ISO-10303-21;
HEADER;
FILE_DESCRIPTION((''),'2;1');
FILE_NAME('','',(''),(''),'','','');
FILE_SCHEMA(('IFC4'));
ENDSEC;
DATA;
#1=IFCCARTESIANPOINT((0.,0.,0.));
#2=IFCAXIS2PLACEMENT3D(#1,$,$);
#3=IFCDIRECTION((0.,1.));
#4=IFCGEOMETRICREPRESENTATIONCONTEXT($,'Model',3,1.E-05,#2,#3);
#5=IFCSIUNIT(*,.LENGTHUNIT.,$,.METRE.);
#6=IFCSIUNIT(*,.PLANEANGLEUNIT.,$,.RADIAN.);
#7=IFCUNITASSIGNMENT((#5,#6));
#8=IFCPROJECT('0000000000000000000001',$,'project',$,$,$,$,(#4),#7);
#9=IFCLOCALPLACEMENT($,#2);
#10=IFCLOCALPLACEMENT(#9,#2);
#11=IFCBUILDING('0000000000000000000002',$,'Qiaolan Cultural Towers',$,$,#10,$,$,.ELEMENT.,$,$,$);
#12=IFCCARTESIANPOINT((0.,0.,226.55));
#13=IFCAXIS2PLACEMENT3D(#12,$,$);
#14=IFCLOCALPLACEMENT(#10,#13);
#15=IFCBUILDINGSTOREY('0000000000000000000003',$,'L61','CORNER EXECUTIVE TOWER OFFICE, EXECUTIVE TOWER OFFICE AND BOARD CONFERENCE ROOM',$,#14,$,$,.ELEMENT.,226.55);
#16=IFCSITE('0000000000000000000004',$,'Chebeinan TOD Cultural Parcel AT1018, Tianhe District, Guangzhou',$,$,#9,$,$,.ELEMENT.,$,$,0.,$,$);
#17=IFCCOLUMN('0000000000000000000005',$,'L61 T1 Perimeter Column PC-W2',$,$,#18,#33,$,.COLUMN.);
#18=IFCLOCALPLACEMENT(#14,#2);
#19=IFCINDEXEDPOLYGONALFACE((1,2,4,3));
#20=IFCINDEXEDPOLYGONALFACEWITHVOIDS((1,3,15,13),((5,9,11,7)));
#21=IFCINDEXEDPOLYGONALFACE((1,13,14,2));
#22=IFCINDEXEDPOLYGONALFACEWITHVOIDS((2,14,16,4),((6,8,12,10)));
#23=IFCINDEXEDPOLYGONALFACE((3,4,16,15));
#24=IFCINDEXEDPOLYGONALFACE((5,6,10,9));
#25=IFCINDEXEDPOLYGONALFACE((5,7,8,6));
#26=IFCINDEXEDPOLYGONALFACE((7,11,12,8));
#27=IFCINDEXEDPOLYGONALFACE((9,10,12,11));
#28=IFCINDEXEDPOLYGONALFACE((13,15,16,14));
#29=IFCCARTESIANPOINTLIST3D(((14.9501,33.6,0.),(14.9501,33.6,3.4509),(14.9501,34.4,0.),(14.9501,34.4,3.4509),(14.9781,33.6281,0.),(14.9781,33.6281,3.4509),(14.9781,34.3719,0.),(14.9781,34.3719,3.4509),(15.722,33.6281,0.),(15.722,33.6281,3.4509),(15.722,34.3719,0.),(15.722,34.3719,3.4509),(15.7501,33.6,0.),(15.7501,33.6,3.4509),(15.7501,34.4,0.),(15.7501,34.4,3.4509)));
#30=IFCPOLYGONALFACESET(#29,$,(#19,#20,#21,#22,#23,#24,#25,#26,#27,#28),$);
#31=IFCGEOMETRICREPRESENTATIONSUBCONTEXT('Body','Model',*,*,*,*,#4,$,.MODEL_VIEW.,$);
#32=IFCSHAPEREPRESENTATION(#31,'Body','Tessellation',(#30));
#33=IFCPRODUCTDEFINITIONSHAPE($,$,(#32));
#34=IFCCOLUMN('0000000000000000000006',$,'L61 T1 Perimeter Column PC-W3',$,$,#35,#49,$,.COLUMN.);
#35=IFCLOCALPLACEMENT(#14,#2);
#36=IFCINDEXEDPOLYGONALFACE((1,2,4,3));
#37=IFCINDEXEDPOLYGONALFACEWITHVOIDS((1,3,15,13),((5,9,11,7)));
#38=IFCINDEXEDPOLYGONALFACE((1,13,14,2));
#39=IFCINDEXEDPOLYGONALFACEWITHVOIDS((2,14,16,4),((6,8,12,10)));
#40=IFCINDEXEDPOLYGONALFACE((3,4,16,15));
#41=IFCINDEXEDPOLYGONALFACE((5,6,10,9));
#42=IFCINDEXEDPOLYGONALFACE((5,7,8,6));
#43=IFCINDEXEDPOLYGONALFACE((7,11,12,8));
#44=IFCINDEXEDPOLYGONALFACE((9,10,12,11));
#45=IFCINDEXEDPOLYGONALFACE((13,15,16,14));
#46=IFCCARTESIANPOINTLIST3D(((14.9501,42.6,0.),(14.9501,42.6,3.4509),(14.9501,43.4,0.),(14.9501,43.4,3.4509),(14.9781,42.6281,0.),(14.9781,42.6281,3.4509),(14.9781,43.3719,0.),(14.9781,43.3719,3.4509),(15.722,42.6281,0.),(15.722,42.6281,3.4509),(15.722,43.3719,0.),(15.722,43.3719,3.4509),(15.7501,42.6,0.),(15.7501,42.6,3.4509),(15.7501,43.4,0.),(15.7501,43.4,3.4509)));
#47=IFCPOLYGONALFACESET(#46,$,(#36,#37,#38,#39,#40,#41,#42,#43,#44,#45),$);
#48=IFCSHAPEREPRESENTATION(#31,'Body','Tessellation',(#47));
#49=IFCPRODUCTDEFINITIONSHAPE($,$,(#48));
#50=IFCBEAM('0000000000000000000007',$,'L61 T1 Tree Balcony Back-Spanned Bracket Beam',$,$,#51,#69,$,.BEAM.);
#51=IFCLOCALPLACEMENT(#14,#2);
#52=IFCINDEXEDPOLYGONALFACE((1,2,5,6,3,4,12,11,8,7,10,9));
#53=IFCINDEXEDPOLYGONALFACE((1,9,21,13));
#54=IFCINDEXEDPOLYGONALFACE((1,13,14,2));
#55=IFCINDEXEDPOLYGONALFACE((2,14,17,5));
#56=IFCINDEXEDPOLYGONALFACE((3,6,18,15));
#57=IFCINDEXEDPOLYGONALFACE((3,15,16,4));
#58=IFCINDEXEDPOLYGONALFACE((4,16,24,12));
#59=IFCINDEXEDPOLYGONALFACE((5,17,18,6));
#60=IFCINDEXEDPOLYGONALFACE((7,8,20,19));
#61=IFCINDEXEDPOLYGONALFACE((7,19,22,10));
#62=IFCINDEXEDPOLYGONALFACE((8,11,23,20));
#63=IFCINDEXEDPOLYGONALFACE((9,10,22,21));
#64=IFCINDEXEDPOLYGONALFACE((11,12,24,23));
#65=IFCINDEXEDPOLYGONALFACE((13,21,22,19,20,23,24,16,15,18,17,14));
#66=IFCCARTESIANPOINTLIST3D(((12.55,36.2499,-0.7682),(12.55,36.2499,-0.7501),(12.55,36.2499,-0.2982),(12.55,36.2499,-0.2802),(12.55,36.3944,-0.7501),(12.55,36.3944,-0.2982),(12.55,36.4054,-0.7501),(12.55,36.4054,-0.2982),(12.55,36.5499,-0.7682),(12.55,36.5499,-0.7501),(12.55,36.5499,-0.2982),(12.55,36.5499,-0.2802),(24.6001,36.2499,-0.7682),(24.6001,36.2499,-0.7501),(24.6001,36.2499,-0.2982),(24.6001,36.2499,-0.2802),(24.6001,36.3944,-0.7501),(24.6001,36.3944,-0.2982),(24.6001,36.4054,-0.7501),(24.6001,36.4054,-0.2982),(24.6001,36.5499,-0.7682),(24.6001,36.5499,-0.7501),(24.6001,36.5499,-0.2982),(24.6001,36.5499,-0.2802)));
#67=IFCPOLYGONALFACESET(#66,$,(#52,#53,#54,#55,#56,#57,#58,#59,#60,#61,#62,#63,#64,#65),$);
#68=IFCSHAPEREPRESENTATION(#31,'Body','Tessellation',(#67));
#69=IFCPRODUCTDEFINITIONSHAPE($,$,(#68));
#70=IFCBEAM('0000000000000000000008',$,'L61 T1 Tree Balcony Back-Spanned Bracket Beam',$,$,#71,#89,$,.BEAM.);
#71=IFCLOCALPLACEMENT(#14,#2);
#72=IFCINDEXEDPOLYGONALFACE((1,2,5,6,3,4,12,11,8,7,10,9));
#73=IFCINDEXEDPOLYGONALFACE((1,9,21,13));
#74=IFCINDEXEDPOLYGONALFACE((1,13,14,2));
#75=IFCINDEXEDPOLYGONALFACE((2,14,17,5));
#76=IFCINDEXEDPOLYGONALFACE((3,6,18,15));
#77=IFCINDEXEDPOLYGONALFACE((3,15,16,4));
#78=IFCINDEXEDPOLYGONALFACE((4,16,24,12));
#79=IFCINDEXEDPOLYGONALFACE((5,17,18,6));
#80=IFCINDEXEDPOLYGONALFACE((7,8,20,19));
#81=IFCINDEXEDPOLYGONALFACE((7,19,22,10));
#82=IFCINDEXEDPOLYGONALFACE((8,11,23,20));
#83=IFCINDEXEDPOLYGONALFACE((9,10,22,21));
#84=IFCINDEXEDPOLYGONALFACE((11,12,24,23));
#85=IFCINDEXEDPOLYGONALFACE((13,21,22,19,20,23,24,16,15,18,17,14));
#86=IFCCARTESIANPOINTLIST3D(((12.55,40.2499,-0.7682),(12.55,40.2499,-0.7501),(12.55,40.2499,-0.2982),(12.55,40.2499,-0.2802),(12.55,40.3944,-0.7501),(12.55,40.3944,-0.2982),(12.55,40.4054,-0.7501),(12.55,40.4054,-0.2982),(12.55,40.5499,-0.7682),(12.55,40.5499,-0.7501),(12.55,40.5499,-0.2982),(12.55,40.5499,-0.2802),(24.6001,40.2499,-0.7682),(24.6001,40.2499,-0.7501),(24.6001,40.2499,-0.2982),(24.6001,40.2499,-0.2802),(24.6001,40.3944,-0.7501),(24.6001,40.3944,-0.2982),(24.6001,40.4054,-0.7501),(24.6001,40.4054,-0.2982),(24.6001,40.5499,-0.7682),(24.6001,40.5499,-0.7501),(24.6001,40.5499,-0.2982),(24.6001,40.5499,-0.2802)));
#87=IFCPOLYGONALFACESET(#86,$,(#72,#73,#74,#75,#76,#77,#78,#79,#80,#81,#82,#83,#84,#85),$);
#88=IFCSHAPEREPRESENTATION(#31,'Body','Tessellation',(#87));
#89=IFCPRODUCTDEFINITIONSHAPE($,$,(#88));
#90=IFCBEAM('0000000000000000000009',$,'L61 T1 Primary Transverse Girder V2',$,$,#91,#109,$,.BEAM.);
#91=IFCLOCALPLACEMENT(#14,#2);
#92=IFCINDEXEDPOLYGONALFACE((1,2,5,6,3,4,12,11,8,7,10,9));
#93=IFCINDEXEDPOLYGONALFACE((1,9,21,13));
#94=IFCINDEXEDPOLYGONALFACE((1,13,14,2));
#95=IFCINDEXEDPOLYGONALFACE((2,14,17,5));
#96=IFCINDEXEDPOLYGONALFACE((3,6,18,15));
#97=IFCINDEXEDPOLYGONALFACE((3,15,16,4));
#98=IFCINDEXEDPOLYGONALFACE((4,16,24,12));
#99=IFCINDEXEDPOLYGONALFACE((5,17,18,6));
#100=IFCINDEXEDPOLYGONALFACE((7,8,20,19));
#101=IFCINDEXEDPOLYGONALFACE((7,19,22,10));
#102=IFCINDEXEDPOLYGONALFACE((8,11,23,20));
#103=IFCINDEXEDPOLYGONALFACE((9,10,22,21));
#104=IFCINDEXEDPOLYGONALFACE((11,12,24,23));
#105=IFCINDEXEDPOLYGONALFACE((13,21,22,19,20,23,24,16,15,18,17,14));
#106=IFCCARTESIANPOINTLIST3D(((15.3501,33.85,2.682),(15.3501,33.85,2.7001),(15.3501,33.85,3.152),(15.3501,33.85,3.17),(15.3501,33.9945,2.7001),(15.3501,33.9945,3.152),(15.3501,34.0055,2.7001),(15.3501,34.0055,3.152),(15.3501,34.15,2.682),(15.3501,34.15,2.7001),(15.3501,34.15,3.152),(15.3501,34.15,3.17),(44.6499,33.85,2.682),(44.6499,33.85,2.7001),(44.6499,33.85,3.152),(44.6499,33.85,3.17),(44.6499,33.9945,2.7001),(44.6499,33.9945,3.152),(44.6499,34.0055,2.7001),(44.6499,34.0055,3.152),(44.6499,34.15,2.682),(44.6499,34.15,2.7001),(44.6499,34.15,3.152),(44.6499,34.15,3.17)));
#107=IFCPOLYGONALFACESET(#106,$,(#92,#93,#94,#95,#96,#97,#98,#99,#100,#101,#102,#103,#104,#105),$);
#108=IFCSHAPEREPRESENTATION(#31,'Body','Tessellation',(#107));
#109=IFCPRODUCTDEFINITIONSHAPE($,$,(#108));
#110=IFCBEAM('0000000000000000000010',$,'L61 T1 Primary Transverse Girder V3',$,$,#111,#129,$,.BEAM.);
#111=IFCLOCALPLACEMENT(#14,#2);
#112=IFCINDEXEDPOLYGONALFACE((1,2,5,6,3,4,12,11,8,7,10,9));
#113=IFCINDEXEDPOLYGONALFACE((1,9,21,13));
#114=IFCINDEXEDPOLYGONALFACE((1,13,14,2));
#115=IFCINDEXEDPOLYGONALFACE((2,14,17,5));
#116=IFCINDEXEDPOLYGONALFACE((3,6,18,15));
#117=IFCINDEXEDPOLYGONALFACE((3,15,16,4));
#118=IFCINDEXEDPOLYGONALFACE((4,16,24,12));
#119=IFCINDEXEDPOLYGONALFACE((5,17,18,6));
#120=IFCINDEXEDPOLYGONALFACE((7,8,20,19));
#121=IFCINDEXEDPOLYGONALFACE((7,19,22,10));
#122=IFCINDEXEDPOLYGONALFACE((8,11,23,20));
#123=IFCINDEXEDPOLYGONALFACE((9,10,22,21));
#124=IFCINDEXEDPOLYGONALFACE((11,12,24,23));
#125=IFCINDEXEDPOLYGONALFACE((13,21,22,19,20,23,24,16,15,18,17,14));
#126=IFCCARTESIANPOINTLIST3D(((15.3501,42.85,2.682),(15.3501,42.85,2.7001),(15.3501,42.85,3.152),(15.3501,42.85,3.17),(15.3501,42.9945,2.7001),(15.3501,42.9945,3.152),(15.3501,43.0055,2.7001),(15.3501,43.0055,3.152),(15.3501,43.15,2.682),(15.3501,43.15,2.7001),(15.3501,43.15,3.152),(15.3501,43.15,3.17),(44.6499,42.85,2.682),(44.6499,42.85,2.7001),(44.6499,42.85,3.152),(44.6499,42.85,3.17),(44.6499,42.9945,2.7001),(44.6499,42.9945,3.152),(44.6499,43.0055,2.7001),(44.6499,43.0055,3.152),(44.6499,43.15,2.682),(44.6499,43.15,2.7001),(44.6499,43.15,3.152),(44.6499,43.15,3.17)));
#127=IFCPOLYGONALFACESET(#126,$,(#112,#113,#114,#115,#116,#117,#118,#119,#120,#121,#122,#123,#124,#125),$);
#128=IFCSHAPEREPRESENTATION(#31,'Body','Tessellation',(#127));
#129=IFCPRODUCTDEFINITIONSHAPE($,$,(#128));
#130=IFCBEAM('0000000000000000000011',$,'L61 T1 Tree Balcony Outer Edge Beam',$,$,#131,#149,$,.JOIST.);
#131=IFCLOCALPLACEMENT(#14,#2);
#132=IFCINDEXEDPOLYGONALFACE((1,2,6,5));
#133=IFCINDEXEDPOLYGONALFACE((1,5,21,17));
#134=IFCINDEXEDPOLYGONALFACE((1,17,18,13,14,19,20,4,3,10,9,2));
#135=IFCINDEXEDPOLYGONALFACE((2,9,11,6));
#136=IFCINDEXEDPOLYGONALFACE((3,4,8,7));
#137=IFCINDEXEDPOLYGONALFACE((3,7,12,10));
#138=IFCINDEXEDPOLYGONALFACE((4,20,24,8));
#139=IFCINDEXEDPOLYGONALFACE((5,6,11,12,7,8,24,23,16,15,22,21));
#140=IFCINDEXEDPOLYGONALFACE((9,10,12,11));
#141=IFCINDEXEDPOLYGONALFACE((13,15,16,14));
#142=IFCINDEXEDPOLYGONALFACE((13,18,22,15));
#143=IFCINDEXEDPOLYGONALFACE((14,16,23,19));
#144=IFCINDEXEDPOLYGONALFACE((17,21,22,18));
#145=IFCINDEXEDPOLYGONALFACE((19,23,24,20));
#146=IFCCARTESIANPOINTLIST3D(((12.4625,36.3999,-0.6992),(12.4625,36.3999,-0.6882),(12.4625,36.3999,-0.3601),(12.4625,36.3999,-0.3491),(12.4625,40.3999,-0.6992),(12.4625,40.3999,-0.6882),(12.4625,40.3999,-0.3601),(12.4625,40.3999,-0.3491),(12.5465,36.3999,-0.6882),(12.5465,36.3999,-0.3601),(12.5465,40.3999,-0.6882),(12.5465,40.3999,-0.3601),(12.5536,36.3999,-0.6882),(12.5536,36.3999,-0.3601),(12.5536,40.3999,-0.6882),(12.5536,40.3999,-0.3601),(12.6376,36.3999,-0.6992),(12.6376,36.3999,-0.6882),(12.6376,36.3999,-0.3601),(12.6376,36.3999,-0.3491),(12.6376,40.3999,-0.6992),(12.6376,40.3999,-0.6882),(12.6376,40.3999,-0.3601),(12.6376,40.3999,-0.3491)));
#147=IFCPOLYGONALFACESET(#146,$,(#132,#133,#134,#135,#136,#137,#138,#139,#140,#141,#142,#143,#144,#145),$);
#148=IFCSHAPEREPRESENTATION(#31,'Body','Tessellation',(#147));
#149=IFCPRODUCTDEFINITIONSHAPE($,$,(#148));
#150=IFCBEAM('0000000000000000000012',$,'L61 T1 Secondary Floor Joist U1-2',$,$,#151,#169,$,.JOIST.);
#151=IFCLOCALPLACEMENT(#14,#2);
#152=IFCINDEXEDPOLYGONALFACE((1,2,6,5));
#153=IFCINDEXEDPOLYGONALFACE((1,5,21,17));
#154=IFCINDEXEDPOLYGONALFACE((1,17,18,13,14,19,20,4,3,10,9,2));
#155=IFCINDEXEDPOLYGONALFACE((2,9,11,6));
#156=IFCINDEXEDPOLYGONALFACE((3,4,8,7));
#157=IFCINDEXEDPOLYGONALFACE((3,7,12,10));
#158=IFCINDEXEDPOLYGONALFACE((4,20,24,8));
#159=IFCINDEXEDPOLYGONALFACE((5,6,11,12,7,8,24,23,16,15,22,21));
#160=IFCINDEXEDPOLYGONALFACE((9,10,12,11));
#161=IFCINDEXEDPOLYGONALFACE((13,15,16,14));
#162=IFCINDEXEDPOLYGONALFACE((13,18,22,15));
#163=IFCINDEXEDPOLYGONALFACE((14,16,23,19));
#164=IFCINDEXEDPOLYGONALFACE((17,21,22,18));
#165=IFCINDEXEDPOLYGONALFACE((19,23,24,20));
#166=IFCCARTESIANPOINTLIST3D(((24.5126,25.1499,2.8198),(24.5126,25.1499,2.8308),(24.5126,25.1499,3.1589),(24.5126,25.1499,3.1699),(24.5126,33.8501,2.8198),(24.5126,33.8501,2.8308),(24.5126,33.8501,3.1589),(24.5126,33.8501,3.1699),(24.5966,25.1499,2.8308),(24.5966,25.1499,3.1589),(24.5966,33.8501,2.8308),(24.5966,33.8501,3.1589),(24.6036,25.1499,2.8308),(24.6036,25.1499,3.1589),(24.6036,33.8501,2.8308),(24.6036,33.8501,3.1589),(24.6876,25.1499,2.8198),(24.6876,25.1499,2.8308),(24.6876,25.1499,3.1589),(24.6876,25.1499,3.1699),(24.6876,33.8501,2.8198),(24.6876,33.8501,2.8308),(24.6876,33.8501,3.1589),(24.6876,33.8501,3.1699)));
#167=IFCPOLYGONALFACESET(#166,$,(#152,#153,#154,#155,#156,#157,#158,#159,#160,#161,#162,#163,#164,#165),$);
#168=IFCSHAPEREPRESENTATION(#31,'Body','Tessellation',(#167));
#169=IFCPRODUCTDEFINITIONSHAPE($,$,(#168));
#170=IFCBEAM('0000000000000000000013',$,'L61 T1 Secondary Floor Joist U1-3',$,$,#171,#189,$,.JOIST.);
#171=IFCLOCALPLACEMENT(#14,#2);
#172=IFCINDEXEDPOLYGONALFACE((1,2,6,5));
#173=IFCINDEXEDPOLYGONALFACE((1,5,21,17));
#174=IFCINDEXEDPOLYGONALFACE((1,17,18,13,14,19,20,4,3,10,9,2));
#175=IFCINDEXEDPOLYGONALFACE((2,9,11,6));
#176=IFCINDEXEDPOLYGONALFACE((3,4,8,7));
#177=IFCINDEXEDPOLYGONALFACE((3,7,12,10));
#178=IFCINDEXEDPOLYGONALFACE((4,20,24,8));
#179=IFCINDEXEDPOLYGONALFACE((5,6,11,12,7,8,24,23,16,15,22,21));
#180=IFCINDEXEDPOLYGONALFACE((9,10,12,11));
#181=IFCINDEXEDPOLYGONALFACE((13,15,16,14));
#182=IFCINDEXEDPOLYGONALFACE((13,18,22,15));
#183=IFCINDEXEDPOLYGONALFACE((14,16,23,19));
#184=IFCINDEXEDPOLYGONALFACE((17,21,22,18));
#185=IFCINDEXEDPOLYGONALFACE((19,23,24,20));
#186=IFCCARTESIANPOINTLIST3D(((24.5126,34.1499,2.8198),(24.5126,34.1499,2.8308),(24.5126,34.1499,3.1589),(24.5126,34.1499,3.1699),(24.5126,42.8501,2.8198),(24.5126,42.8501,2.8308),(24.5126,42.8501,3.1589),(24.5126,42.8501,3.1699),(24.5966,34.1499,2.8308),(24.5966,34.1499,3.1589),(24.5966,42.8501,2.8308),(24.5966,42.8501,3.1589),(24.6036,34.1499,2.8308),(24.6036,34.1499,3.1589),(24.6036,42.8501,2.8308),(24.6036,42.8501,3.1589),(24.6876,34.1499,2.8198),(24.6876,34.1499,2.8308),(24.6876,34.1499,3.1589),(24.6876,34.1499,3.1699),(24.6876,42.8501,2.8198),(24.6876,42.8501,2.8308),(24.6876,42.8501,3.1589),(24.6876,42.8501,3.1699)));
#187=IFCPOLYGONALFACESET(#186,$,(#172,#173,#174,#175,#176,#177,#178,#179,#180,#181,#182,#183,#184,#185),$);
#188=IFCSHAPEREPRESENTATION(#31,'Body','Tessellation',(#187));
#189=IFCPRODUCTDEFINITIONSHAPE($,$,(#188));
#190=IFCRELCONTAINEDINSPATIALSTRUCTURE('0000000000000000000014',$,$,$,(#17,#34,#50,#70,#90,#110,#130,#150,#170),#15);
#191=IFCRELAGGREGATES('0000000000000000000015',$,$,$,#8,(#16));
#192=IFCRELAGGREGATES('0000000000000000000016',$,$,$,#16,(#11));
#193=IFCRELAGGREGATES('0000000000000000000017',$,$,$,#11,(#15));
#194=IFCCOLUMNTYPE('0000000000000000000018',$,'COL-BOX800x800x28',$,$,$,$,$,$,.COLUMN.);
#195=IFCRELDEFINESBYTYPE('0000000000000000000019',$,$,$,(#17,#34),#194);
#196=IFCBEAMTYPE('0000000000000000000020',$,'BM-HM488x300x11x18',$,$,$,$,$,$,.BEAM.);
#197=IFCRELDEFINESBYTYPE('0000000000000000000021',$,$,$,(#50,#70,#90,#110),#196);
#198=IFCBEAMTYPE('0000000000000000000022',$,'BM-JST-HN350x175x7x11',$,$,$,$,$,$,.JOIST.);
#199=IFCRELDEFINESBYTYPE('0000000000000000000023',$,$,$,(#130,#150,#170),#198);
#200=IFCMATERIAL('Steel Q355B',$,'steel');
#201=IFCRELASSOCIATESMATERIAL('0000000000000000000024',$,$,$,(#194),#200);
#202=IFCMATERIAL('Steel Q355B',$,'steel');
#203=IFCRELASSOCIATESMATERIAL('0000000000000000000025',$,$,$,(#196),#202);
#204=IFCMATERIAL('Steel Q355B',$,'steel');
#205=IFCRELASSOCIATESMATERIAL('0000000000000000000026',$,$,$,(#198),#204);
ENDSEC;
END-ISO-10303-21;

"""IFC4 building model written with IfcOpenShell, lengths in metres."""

from ifc_helpers import new_model, si_unit, direction, frame, origin, origin_2d, place, context, subcontext, project, spatial, hollow_rectangle, i_section, extrude, material, material_profile, profile_set, type_object, element, save


model = new_model("IFC4")

# Units and contexts
model_context = context("Model", 3, precision=1e-05, world=origin(), true_north=direction((0.0, 1.0)))
body_context = subcontext(model_context, "Body", "Model", "MODEL_VIEW")
ifc_project = project(units=[si_unit("LENGTHUNIT", "METRE"), si_unit("PLANEANGLEUNIT", "RADIAN")], contexts=[model_context])

# Site, building, storey
site_placement = place(None, origin())
site = spatial("IfcSite", under=ifc_project, at=site_placement, Name="Chebeinan TOD Cultural Parcel AT1018, Tianhe District, Guangzhou", CompositionType="ELEMENT", RefElevation=0.0)
building_placement = place(site_placement, origin())
building = spatial("IfcBuilding", under=site, at=building_placement, Name="Qiaolan Cultural Towers", CompositionType="ELEMENT")
storey_placement = place(building_placement, frame((0.0, 0.0, 226.55)))
storey = spatial("IfcBuildingStorey", under=building, at=storey_placement, Name="L61", Description="CORNER EXECUTIVE TOWER OFFICE, EXECUTIVE TOWER OFFICE AND BOARD CONFERENCE ROOM", CompositionType="ELEMENT", Elevation=226.55)

# Columns
ifc_material_1 = material(Name="Steel Q355B", Category="steel")
ifc_material_profile_1 = material_profile(ifc_material_1, hollow_rectangle(XDim=0.8, YDim=0.8, WallThickness=0.0281, at=origin_2d()), Name="BOX800x800x28")
ifc_profile_set_1 = profile_set([ifc_material_profile_1], Name="Steel Q355B")
column_type = type_object("IfcColumnType", Name="COL-BOX800x800x28", PredefinedType="COLUMN", material=ifc_profile_set_1)
for number, where, z_axis, x_axis, name in (
    (1, (15.3501, 34.0, 0.0), (0.0, 0.0, 1.0), (1.0, 0.0, 0.0), "L61 T1 Perimeter Column PC-W2"),
    (2, (15.3501, 43.0, 0.0), (0.0, 0.0, 1.0), (1.0, 0.0, 0.0), "L61 T1 Perimeter Column PC-W3"),
):
    element("IfcColumn", number, at=place(storey_placement, frame(where, z_axis=z_axis, x_axis=x_axis)), inside=storey, type_object=column_type, Name=name, PredefinedType="COLUMN", context=body_context, shape_type="SweptSolid", body=[
        extrude(hollow_rectangle(XDim=0.8, YDim=0.8, WallThickness=0.0281, at=origin_2d()), origin(), (0.0, 0.0, 1.0), 3.4509),
    ])

# Beams
ifc_material_2 = material(Name="Steel Q355B", Category="steel")
ifc_material_profile_2 = material_profile(ifc_material_2, i_section(OverallWidth=0.3, OverallDepth=0.488, WebThickness=0.011, FlangeThickness=0.0181, at=origin_2d()), Name="HM488x300x11x18")
ifc_profile_set_2 = profile_set([ifc_material_profile_2], Name="Steel Q355B")
beam_type_1 = type_object("IfcBeamType", Name="BM-HM488x300x11x18", PredefinedType="BEAM", material=ifc_profile_set_2)
for number, where, z_axis, x_axis, name in (
    (3, (24.6001, 36.3999, -0.5242), (-1.0, 0.0, 0.0), (0.0, -1.0, 0.0), "L61 T1 Tree Balcony Back-Spanned Bracket Beam"),
    (4, (24.6001, 40.3999, -0.5242), (-1.0, 0.0, 0.0), (0.0, -1.0, 0.0), "L61 T1 Tree Balcony Back-Spanned Bracket Beam"),
):
    element("IfcBeam", number, at=place(storey_placement, frame(where, z_axis=z_axis, x_axis=x_axis)), inside=storey, type_object=beam_type_1, Name=name, PredefinedType="BEAM", context=body_context, shape_type="SweptSolid", body=[
        extrude(i_section(OverallWidth=0.3, OverallDepth=0.488, WebThickness=0.011, FlangeThickness=0.0181, at=origin_2d()), origin(), (0.0, 0.0, 1.0), 12.05),
    ])
for number, where, z_axis, x_axis, name in (
    (5, (15.3501, 34.0, 2.926), (1.0, 0.0, 0.0), (0.0, 1.0, 0.0), "L61 T1 Primary Transverse Girder V2"),
    (6, (15.3501, 43.0, 2.926), (1.0, 0.0, 0.0), (0.0, 1.0, 0.0), "L61 T1 Primary Transverse Girder V3"),
):
    element("IfcBeam", number, at=place(storey_placement, frame(where, z_axis=z_axis, x_axis=x_axis)), inside=storey, type_object=beam_type_1, Name=name, PredefinedType="BEAM", context=body_context, shape_type="SweptSolid", body=[
        extrude(i_section(OverallWidth=0.3, OverallDepth=0.488, WebThickness=0.011, FlangeThickness=0.0181, at=origin_2d()), origin(), (0.0, 0.0, 1.0), 29.2998),
    ])
ifc_material_3 = material(Name="Steel Q355B", Category="steel")
ifc_material_profile_3 = material_profile(ifc_material_3, i_section(OverallWidth=0.175, OverallDepth=0.3501, WebThickness=0.0071, FlangeThickness=0.011, at=origin_2d()), Name="HN350x175x7x11")
ifc_profile_set_3 = profile_set([ifc_material_profile_3], Name="Steel Q355B")
beam_type_2 = type_object("IfcBeamType", Name="BM-JST-HN350x175x7x11", PredefinedType="JOIST", material=ifc_profile_set_3)
beam_1_placement = place(storey_placement, frame((12.55, 36.3999, -0.5242), z_axis=(0.0, 1.0, 0.0), x_axis=(-1.0, 0.0, 0.0)))
element("IfcBeam", 7, at=beam_1_placement, inside=storey, type_object=beam_type_2, Name="L61 T1 Tree Balcony Outer Edge Beam", PredefinedType="JOIST", context=body_context, shape_type="SweptSolid", body=[
    extrude(i_section(OverallWidth=0.175, OverallDepth=0.3501, WebThickness=0.0071, FlangeThickness=0.011, at=origin_2d()), origin(), (0.0, 0.0, 1.0), 4.0),
])
for number, where, z_axis, x_axis, name in (
    (8, (24.6001, 25.1499, 2.9949), (0.0, 1.0, 0.0), (-1.0, 0.0, 0.0), "L61 T1 Secondary Floor Joist U1-2"),
    (9, (24.6001, 34.1499, 2.9949), (0.0, 1.0, 0.0), (-1.0, 0.0, 0.0), "L61 T1 Secondary Floor Joist U1-3"),
):
    element("IfcBeam", number, at=place(storey_placement, frame(where, z_axis=z_axis, x_axis=x_axis)), inside=storey, type_object=beam_type_2, Name=name, PredefinedType="JOIST", context=body_context, shape_type="SweptSolid", body=[
        extrude(i_section(OverallWidth=0.175, OverallDepth=0.3501, WebThickness=0.0071, FlangeThickness=0.011, at=origin_2d()), origin(), (0.0, 0.0, 1.0), 8.7002),
    ])

save(model, "model.ifc")
